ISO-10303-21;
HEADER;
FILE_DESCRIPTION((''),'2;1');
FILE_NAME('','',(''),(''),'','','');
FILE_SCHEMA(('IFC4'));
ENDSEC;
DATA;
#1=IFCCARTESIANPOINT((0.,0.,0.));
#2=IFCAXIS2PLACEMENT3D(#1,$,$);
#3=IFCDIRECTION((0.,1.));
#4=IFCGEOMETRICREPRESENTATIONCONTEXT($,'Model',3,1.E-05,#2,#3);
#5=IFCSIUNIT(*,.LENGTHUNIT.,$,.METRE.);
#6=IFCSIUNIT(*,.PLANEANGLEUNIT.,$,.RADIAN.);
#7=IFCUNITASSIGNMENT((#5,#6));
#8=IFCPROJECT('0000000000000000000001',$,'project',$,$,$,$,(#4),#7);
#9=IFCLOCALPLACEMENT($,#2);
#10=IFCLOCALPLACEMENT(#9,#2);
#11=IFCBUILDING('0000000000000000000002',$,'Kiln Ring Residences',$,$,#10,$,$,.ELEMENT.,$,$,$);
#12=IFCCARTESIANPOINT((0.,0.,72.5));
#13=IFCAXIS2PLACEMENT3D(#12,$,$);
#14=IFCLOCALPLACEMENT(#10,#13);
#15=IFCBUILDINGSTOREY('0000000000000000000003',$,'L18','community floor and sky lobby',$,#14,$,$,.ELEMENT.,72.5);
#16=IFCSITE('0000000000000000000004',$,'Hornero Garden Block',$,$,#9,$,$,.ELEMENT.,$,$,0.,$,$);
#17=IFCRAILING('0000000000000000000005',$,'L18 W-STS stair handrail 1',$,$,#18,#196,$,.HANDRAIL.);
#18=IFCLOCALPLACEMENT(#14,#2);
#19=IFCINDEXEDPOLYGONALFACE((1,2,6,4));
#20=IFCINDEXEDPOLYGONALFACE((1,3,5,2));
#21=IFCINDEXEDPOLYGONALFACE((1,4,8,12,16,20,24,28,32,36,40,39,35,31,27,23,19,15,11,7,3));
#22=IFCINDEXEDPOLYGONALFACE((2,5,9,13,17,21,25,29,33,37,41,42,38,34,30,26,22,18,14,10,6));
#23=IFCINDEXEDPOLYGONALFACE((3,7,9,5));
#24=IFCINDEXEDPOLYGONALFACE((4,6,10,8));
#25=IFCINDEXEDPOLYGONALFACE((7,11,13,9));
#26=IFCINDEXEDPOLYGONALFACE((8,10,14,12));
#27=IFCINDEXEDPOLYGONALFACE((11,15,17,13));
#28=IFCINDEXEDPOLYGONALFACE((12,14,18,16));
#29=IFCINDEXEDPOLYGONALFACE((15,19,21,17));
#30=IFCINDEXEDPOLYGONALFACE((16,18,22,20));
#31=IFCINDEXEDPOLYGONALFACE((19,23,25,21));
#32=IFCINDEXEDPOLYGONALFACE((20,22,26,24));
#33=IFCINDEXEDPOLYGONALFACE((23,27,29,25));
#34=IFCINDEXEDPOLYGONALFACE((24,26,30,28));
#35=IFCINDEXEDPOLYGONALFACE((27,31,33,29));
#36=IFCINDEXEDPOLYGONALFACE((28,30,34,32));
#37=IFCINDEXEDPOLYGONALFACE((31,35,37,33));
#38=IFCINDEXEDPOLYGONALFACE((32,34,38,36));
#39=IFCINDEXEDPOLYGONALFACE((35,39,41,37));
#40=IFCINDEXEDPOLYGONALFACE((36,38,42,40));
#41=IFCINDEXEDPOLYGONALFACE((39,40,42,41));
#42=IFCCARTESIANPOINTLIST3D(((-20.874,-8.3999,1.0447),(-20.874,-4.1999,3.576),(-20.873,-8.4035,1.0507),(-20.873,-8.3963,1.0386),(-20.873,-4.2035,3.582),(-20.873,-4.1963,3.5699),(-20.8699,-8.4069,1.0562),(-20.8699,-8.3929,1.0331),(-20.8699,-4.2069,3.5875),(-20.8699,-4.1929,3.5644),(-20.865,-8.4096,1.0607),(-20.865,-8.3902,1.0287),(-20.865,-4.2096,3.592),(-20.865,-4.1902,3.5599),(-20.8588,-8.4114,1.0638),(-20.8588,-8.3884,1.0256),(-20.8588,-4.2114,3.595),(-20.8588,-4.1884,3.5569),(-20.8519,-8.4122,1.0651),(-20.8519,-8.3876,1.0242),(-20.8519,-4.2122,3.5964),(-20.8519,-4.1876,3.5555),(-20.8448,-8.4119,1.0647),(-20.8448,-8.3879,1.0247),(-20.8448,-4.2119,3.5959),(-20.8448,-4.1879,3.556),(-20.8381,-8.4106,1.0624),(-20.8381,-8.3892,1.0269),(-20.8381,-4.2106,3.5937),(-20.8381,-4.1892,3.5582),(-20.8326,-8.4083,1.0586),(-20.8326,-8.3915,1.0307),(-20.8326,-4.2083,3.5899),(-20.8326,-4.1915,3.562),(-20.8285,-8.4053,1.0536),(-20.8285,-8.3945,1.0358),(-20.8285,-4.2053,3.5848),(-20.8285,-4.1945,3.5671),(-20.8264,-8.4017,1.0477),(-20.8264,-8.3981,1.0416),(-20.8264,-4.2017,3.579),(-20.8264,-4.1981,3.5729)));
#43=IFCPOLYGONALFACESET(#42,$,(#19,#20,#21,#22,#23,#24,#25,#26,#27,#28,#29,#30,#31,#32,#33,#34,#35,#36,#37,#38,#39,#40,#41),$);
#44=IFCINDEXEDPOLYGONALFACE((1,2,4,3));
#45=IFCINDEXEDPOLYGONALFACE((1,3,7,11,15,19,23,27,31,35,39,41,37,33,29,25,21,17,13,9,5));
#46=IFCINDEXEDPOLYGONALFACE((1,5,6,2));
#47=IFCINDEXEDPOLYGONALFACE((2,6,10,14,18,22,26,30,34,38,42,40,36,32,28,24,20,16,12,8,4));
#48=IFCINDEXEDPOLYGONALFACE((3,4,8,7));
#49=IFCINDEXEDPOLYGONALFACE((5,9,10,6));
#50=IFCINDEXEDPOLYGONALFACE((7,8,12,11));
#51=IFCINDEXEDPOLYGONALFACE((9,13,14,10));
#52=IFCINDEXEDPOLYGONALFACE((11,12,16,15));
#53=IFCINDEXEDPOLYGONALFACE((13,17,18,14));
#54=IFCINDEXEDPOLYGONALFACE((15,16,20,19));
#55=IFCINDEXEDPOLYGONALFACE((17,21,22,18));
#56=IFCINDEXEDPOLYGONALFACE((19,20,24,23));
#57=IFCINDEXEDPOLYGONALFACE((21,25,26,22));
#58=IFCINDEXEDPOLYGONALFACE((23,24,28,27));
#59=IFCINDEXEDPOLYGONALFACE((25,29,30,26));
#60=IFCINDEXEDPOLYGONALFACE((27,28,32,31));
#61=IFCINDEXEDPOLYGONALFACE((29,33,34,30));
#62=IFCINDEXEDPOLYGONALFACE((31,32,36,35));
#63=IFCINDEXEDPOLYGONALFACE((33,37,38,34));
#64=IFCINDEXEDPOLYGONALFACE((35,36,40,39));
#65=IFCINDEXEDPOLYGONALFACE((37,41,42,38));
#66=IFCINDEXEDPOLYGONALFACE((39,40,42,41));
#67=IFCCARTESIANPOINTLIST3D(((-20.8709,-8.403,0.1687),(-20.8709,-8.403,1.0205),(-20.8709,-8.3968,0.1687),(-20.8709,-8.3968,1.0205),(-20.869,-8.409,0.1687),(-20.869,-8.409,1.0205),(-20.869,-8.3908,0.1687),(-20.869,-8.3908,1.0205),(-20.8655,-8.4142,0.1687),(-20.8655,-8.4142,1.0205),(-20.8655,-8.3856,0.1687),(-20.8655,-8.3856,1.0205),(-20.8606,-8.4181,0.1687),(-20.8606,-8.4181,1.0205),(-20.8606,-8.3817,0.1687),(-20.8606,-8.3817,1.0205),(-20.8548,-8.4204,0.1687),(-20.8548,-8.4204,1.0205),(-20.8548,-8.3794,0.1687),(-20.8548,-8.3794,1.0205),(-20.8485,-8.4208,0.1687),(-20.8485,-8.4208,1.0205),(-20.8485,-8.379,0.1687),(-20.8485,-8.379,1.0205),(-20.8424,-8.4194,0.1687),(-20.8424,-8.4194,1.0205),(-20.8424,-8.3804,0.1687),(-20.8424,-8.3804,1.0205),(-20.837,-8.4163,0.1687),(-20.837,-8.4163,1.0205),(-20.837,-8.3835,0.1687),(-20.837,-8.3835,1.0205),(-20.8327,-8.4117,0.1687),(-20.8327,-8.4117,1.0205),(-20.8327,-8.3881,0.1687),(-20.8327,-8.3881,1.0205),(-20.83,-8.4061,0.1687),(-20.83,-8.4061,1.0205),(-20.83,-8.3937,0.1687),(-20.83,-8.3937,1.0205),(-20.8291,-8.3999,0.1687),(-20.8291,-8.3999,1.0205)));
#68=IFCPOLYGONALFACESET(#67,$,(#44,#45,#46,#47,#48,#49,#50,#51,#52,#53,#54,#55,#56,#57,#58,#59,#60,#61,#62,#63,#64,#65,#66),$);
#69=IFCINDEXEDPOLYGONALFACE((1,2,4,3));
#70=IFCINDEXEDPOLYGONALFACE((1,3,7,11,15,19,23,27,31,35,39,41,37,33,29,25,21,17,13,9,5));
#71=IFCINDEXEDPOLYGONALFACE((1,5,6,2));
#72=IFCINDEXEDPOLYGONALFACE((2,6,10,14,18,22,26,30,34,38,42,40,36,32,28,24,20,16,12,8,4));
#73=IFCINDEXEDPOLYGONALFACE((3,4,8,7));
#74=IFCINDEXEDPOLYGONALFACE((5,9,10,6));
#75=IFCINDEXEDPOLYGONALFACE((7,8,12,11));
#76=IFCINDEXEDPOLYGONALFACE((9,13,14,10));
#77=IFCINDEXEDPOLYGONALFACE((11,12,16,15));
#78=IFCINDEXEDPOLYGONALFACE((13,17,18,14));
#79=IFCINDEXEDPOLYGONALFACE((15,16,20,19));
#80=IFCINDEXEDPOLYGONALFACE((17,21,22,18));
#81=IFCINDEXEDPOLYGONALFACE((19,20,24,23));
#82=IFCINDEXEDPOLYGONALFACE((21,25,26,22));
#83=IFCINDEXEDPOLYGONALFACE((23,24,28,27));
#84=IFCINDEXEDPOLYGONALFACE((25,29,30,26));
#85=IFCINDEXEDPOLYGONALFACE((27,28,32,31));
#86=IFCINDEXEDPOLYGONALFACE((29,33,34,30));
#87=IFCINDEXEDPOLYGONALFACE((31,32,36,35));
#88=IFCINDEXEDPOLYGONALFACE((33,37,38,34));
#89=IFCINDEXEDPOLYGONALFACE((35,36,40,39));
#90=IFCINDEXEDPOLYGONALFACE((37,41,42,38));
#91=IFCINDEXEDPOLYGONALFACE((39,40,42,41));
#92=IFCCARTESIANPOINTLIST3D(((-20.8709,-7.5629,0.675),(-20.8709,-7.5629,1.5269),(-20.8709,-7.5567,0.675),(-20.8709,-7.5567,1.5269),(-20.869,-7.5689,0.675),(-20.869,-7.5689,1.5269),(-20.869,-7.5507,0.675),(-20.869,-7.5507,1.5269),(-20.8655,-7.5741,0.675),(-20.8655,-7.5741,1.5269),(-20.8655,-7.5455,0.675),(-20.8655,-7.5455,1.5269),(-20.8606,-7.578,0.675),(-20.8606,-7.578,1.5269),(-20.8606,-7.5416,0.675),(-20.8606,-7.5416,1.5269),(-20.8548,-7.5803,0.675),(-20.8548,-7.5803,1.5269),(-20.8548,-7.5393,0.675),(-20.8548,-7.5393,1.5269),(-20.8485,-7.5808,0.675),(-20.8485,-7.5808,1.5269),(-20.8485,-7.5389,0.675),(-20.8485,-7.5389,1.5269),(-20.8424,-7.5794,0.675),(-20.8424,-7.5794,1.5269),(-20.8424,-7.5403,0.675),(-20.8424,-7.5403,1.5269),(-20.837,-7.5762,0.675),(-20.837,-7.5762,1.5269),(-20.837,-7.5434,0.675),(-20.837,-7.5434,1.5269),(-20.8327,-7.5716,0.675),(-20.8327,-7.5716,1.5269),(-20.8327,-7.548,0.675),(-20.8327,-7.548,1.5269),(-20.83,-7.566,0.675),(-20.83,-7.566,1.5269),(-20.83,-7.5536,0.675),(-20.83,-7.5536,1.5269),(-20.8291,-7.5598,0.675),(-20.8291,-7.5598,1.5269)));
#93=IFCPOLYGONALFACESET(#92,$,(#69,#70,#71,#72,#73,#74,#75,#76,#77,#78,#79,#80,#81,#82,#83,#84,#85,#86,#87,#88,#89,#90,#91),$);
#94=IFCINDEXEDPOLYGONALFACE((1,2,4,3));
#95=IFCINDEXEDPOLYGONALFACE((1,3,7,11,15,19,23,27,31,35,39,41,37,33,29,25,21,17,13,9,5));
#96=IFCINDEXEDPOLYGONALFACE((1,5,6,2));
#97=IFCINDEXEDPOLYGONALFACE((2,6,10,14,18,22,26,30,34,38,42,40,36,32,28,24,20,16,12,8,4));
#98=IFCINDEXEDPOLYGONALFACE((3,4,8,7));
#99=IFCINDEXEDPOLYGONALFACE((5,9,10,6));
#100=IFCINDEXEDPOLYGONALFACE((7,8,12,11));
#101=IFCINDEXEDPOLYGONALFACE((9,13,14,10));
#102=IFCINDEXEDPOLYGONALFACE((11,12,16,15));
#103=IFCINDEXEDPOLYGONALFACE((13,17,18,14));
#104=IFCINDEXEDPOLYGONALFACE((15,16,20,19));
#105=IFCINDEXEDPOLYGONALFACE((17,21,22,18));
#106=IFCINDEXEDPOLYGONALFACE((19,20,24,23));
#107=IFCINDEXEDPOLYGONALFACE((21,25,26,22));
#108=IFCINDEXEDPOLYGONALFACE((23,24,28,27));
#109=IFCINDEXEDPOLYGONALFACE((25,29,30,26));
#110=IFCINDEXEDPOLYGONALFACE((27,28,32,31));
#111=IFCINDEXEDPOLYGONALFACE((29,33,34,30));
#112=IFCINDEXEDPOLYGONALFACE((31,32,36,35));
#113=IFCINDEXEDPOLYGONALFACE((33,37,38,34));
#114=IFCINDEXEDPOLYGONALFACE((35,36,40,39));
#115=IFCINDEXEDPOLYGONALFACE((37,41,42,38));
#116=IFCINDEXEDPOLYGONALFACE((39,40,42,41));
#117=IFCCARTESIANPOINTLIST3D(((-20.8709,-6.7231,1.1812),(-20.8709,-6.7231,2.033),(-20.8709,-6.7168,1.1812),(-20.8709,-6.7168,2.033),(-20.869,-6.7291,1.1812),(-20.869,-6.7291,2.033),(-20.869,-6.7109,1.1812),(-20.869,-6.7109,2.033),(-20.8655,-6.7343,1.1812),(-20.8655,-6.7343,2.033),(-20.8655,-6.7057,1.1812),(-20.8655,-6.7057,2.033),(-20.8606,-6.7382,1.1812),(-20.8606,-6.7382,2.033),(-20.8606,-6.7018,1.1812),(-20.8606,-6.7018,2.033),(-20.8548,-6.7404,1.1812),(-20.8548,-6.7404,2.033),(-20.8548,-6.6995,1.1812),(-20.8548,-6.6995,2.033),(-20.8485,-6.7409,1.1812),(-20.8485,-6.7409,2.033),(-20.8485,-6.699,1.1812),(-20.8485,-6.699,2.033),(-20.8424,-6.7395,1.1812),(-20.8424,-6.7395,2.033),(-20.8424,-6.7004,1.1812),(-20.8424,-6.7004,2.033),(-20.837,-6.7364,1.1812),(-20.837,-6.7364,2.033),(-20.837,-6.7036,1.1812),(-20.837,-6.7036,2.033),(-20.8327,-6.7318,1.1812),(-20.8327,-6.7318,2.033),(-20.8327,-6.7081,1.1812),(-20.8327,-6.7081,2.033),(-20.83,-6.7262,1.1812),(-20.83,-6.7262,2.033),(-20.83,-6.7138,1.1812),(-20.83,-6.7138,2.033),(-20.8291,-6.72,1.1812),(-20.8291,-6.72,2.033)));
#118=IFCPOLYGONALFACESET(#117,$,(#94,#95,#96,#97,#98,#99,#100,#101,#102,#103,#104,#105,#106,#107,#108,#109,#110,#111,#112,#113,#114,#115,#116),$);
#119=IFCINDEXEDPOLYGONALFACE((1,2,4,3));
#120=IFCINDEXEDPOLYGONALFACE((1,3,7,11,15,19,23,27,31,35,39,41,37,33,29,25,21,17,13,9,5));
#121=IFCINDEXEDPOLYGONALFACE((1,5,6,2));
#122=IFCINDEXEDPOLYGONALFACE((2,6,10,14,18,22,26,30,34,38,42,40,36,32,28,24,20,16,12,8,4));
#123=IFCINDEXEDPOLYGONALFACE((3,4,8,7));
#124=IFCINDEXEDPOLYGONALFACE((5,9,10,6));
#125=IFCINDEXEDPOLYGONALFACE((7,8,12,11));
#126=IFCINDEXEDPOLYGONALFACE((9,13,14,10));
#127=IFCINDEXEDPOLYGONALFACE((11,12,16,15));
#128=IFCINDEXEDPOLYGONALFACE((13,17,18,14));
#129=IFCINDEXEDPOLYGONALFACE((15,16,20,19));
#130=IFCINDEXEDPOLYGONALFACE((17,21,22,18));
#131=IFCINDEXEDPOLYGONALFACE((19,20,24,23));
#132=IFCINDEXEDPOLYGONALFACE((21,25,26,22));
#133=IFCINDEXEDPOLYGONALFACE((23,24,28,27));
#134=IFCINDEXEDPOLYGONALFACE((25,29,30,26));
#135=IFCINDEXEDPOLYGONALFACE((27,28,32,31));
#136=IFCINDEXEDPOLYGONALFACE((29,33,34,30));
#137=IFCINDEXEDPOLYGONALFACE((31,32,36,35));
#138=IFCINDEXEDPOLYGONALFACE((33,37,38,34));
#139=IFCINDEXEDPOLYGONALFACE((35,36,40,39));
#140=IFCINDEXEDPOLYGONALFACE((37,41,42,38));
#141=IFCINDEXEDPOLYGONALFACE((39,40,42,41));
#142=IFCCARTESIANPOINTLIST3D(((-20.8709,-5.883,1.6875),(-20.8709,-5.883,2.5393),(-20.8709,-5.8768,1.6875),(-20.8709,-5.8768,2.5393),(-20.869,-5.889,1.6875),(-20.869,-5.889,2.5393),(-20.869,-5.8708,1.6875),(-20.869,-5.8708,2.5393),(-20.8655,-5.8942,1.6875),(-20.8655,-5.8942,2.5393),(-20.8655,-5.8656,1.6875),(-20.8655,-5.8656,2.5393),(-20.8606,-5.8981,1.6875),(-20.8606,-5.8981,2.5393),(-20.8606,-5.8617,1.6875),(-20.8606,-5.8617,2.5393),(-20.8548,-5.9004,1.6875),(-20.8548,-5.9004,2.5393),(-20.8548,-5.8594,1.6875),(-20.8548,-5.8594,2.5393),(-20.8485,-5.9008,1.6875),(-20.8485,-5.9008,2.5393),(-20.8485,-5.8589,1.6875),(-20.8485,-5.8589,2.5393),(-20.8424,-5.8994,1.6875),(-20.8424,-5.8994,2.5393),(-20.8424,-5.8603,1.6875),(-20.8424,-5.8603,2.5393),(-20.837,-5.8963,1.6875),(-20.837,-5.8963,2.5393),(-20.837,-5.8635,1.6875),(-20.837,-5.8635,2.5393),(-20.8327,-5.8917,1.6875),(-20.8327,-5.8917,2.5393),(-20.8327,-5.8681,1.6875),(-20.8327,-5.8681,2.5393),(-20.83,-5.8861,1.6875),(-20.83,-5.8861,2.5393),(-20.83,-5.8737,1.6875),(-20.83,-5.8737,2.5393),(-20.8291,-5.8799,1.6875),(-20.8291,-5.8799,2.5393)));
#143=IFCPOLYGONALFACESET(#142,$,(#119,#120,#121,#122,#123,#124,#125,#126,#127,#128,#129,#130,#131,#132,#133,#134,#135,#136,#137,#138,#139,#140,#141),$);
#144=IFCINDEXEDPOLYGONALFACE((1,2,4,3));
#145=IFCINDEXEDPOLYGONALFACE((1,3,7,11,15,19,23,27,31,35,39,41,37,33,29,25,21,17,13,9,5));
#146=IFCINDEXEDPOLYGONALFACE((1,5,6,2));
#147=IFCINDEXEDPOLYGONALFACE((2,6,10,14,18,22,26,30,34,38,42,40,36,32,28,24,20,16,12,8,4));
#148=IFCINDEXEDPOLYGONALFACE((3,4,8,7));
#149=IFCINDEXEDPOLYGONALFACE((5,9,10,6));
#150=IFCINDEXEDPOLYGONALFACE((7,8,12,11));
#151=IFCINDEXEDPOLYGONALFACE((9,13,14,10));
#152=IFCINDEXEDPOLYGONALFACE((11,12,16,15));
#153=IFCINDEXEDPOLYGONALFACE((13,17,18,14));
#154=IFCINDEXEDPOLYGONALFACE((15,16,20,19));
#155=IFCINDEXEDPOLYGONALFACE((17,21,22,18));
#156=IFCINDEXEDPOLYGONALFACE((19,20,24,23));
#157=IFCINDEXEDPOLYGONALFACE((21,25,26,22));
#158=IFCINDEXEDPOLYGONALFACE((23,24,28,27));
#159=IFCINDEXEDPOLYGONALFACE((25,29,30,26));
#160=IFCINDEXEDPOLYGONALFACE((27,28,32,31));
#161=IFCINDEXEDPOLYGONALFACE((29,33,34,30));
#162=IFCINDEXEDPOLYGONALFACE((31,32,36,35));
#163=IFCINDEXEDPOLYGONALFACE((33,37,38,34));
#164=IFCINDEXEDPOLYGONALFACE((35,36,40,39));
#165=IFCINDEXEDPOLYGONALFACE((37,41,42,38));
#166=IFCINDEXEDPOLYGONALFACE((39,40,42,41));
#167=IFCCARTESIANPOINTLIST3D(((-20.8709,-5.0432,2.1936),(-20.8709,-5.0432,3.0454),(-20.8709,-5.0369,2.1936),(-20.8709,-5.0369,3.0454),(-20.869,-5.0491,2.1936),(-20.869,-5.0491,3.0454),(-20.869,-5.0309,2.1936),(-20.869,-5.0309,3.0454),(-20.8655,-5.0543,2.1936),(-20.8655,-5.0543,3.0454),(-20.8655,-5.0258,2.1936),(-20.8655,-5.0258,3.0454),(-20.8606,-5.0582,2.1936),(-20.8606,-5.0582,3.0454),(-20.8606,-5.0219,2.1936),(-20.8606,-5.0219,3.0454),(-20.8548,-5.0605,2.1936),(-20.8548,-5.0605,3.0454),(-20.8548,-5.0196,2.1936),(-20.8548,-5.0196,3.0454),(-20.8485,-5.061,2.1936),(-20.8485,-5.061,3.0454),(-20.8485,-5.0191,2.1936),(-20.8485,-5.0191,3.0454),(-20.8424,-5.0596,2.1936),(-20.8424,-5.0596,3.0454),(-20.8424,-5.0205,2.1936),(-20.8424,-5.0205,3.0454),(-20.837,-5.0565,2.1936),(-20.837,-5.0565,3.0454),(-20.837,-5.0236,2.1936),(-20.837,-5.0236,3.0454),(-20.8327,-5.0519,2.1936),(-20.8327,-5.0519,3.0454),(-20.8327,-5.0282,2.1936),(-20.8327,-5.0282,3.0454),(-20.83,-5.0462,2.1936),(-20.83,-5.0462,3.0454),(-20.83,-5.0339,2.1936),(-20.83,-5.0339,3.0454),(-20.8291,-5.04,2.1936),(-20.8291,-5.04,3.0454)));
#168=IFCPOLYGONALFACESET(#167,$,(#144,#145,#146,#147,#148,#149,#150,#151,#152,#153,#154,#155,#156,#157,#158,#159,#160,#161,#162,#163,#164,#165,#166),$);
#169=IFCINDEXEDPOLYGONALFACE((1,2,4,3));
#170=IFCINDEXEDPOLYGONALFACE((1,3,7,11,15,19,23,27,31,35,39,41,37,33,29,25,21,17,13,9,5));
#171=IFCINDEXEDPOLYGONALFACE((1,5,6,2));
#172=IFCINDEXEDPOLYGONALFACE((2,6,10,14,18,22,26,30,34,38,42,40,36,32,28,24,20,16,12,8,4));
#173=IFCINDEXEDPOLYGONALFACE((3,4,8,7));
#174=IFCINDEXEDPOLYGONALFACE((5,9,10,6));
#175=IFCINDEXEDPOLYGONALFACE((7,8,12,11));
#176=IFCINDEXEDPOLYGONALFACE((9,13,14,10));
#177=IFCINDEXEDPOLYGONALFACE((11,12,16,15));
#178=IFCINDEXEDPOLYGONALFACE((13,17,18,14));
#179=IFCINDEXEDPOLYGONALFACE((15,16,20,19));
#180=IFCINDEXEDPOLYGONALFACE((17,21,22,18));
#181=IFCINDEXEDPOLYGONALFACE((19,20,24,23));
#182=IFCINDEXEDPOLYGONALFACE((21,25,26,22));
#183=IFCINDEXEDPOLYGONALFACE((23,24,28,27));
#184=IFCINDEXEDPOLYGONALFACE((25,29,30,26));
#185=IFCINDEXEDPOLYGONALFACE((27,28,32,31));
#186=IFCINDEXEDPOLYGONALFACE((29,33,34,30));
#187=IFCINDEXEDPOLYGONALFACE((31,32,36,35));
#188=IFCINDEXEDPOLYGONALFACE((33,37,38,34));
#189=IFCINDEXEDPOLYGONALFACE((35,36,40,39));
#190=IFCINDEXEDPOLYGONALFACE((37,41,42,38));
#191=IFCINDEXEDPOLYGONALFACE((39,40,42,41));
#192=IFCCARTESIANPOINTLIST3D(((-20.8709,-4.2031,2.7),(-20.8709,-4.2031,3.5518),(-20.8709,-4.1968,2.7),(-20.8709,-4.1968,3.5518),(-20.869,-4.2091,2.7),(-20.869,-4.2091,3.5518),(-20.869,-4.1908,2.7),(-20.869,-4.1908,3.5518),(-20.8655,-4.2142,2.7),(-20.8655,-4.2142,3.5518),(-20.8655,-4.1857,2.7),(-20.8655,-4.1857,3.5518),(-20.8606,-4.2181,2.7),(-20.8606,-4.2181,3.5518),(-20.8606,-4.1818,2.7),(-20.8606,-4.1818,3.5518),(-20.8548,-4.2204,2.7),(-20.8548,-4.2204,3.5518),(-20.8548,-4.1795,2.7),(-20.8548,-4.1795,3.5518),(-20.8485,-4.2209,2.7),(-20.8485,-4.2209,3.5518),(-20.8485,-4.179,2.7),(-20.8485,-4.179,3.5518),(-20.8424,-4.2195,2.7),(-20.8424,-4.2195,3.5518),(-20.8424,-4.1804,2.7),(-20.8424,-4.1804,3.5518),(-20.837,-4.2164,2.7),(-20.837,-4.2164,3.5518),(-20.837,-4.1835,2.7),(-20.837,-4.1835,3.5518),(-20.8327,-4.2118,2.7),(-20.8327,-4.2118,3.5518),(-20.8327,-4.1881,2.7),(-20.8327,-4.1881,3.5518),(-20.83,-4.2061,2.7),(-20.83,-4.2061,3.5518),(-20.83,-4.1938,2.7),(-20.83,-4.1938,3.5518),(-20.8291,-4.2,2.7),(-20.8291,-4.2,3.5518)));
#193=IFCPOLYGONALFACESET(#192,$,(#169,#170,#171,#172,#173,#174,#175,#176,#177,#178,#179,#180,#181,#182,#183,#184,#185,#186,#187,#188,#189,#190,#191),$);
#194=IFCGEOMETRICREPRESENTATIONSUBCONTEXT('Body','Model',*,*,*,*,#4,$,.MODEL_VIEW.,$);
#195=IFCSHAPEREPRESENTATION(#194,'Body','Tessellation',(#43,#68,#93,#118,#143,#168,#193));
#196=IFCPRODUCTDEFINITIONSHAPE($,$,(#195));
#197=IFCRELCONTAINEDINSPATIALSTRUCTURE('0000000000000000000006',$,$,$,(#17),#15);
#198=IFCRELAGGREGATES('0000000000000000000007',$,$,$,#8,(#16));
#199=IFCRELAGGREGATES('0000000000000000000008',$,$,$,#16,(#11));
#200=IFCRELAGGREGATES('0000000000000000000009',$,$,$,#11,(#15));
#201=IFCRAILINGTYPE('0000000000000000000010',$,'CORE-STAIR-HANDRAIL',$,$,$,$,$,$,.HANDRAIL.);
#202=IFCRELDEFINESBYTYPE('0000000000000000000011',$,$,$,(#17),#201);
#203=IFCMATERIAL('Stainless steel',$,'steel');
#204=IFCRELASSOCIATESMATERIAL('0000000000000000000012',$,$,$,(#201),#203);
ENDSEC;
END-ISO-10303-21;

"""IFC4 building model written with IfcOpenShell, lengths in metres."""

from ifc_helpers import new_model, si_unit, direction, frame, origin, origin_2d, place, context, subcontext, project, spatial, circle, extrude, material, type_object, element, save


model = new_model("IFC4")

# Units and contexts
model_context = context("Model", 3, precision=1e-05, world=origin(), true_north=direction((0.0, 1.0)))
body_context = subcontext(model_context, "Body", "Model", "MODEL_VIEW")
ifc_project = project(units=[si_unit("LENGTHUNIT", "METRE"), si_unit("PLANEANGLEUNIT", "RADIAN")], contexts=[model_context])

# Site, building, storey
site_placement = place(None, origin())
site = spatial("IfcSite", under=ifc_project, at=site_placement, Name="Hornero Garden Block", CompositionType="ELEMENT", RefElevation=0.0)
building_placement = place(site_placement, origin())
building = spatial("IfcBuilding", under=site, at=building_placement, Name="Kiln Ring Residences", CompositionType="ELEMENT")
storey_placement = place(building_placement, frame((0.0, 0.0, 72.5)))
storey = spatial("IfcBuildingStorey", under=building, at=storey_placement, Name="L18", Description="community floor and sky lobby", CompositionType="ELEMENT", Elevation=72.5)

# Railing
ifc_material_1 = material(Name="Stainless steel", Category="steel")
railing_type_1 = type_object("IfcRailingType", Name="CORE-STAIR-HANDRAIL", PredefinedType="HANDRAIL", material=ifc_material_1)
railing_1_placement = place(storey_placement, frame((-20.8501, -8.3999, 0.1687)))
element("IfcRailing", 1, at=railing_1_placement, inside=storey, type_object=railing_type_1, Name="L18 W-STS stair handrail 1", PredefinedType="HANDRAIL", context=body_context, shape_type="SweptSolid", body=[
    extrude(circle(Radius=0.0239, at=origin_2d()), frame((0.0, 0.0, 0.876), z_axis=(0.0, 0.856476, 0.516186), x_axis=(-1.0, 0.0, 0.0)), (0.0, 0.0, 1.0), 4.9038),
    extrude(circle(Radius=0.021, at=origin_2d()), origin(), (0.0, 0.0, 1.0), 0.8518),
    extrude(circle(Radius=0.021, at=origin_2d()), frame((0.0, 0.8401, 0.5063)), (0.0, 0.0, 1.0), 0.8518),
    extrude(circle(Radius=0.021, at=origin_2d()), frame((0.0, 1.6799, 1.0125)), (0.0, 0.0, 1.0), 0.8518),
    extrude(circle(Radius=0.021, at=origin_2d()), frame((0.0, 2.52, 1.5188)), (0.0, 0.0, 1.0), 0.8518),
    extrude(circle(Radius=0.021, at=origin_2d()), frame((0.0, 3.3599, 2.0249)), (0.0, 0.0, 1.0), 0.8518),
    extrude(circle(Radius=0.021, at=origin_2d()), frame((0.0, 4.2, 2.5312)), (0.0, 0.0, 1.0), 0.8518),
])

save(model, "model.ifc")
